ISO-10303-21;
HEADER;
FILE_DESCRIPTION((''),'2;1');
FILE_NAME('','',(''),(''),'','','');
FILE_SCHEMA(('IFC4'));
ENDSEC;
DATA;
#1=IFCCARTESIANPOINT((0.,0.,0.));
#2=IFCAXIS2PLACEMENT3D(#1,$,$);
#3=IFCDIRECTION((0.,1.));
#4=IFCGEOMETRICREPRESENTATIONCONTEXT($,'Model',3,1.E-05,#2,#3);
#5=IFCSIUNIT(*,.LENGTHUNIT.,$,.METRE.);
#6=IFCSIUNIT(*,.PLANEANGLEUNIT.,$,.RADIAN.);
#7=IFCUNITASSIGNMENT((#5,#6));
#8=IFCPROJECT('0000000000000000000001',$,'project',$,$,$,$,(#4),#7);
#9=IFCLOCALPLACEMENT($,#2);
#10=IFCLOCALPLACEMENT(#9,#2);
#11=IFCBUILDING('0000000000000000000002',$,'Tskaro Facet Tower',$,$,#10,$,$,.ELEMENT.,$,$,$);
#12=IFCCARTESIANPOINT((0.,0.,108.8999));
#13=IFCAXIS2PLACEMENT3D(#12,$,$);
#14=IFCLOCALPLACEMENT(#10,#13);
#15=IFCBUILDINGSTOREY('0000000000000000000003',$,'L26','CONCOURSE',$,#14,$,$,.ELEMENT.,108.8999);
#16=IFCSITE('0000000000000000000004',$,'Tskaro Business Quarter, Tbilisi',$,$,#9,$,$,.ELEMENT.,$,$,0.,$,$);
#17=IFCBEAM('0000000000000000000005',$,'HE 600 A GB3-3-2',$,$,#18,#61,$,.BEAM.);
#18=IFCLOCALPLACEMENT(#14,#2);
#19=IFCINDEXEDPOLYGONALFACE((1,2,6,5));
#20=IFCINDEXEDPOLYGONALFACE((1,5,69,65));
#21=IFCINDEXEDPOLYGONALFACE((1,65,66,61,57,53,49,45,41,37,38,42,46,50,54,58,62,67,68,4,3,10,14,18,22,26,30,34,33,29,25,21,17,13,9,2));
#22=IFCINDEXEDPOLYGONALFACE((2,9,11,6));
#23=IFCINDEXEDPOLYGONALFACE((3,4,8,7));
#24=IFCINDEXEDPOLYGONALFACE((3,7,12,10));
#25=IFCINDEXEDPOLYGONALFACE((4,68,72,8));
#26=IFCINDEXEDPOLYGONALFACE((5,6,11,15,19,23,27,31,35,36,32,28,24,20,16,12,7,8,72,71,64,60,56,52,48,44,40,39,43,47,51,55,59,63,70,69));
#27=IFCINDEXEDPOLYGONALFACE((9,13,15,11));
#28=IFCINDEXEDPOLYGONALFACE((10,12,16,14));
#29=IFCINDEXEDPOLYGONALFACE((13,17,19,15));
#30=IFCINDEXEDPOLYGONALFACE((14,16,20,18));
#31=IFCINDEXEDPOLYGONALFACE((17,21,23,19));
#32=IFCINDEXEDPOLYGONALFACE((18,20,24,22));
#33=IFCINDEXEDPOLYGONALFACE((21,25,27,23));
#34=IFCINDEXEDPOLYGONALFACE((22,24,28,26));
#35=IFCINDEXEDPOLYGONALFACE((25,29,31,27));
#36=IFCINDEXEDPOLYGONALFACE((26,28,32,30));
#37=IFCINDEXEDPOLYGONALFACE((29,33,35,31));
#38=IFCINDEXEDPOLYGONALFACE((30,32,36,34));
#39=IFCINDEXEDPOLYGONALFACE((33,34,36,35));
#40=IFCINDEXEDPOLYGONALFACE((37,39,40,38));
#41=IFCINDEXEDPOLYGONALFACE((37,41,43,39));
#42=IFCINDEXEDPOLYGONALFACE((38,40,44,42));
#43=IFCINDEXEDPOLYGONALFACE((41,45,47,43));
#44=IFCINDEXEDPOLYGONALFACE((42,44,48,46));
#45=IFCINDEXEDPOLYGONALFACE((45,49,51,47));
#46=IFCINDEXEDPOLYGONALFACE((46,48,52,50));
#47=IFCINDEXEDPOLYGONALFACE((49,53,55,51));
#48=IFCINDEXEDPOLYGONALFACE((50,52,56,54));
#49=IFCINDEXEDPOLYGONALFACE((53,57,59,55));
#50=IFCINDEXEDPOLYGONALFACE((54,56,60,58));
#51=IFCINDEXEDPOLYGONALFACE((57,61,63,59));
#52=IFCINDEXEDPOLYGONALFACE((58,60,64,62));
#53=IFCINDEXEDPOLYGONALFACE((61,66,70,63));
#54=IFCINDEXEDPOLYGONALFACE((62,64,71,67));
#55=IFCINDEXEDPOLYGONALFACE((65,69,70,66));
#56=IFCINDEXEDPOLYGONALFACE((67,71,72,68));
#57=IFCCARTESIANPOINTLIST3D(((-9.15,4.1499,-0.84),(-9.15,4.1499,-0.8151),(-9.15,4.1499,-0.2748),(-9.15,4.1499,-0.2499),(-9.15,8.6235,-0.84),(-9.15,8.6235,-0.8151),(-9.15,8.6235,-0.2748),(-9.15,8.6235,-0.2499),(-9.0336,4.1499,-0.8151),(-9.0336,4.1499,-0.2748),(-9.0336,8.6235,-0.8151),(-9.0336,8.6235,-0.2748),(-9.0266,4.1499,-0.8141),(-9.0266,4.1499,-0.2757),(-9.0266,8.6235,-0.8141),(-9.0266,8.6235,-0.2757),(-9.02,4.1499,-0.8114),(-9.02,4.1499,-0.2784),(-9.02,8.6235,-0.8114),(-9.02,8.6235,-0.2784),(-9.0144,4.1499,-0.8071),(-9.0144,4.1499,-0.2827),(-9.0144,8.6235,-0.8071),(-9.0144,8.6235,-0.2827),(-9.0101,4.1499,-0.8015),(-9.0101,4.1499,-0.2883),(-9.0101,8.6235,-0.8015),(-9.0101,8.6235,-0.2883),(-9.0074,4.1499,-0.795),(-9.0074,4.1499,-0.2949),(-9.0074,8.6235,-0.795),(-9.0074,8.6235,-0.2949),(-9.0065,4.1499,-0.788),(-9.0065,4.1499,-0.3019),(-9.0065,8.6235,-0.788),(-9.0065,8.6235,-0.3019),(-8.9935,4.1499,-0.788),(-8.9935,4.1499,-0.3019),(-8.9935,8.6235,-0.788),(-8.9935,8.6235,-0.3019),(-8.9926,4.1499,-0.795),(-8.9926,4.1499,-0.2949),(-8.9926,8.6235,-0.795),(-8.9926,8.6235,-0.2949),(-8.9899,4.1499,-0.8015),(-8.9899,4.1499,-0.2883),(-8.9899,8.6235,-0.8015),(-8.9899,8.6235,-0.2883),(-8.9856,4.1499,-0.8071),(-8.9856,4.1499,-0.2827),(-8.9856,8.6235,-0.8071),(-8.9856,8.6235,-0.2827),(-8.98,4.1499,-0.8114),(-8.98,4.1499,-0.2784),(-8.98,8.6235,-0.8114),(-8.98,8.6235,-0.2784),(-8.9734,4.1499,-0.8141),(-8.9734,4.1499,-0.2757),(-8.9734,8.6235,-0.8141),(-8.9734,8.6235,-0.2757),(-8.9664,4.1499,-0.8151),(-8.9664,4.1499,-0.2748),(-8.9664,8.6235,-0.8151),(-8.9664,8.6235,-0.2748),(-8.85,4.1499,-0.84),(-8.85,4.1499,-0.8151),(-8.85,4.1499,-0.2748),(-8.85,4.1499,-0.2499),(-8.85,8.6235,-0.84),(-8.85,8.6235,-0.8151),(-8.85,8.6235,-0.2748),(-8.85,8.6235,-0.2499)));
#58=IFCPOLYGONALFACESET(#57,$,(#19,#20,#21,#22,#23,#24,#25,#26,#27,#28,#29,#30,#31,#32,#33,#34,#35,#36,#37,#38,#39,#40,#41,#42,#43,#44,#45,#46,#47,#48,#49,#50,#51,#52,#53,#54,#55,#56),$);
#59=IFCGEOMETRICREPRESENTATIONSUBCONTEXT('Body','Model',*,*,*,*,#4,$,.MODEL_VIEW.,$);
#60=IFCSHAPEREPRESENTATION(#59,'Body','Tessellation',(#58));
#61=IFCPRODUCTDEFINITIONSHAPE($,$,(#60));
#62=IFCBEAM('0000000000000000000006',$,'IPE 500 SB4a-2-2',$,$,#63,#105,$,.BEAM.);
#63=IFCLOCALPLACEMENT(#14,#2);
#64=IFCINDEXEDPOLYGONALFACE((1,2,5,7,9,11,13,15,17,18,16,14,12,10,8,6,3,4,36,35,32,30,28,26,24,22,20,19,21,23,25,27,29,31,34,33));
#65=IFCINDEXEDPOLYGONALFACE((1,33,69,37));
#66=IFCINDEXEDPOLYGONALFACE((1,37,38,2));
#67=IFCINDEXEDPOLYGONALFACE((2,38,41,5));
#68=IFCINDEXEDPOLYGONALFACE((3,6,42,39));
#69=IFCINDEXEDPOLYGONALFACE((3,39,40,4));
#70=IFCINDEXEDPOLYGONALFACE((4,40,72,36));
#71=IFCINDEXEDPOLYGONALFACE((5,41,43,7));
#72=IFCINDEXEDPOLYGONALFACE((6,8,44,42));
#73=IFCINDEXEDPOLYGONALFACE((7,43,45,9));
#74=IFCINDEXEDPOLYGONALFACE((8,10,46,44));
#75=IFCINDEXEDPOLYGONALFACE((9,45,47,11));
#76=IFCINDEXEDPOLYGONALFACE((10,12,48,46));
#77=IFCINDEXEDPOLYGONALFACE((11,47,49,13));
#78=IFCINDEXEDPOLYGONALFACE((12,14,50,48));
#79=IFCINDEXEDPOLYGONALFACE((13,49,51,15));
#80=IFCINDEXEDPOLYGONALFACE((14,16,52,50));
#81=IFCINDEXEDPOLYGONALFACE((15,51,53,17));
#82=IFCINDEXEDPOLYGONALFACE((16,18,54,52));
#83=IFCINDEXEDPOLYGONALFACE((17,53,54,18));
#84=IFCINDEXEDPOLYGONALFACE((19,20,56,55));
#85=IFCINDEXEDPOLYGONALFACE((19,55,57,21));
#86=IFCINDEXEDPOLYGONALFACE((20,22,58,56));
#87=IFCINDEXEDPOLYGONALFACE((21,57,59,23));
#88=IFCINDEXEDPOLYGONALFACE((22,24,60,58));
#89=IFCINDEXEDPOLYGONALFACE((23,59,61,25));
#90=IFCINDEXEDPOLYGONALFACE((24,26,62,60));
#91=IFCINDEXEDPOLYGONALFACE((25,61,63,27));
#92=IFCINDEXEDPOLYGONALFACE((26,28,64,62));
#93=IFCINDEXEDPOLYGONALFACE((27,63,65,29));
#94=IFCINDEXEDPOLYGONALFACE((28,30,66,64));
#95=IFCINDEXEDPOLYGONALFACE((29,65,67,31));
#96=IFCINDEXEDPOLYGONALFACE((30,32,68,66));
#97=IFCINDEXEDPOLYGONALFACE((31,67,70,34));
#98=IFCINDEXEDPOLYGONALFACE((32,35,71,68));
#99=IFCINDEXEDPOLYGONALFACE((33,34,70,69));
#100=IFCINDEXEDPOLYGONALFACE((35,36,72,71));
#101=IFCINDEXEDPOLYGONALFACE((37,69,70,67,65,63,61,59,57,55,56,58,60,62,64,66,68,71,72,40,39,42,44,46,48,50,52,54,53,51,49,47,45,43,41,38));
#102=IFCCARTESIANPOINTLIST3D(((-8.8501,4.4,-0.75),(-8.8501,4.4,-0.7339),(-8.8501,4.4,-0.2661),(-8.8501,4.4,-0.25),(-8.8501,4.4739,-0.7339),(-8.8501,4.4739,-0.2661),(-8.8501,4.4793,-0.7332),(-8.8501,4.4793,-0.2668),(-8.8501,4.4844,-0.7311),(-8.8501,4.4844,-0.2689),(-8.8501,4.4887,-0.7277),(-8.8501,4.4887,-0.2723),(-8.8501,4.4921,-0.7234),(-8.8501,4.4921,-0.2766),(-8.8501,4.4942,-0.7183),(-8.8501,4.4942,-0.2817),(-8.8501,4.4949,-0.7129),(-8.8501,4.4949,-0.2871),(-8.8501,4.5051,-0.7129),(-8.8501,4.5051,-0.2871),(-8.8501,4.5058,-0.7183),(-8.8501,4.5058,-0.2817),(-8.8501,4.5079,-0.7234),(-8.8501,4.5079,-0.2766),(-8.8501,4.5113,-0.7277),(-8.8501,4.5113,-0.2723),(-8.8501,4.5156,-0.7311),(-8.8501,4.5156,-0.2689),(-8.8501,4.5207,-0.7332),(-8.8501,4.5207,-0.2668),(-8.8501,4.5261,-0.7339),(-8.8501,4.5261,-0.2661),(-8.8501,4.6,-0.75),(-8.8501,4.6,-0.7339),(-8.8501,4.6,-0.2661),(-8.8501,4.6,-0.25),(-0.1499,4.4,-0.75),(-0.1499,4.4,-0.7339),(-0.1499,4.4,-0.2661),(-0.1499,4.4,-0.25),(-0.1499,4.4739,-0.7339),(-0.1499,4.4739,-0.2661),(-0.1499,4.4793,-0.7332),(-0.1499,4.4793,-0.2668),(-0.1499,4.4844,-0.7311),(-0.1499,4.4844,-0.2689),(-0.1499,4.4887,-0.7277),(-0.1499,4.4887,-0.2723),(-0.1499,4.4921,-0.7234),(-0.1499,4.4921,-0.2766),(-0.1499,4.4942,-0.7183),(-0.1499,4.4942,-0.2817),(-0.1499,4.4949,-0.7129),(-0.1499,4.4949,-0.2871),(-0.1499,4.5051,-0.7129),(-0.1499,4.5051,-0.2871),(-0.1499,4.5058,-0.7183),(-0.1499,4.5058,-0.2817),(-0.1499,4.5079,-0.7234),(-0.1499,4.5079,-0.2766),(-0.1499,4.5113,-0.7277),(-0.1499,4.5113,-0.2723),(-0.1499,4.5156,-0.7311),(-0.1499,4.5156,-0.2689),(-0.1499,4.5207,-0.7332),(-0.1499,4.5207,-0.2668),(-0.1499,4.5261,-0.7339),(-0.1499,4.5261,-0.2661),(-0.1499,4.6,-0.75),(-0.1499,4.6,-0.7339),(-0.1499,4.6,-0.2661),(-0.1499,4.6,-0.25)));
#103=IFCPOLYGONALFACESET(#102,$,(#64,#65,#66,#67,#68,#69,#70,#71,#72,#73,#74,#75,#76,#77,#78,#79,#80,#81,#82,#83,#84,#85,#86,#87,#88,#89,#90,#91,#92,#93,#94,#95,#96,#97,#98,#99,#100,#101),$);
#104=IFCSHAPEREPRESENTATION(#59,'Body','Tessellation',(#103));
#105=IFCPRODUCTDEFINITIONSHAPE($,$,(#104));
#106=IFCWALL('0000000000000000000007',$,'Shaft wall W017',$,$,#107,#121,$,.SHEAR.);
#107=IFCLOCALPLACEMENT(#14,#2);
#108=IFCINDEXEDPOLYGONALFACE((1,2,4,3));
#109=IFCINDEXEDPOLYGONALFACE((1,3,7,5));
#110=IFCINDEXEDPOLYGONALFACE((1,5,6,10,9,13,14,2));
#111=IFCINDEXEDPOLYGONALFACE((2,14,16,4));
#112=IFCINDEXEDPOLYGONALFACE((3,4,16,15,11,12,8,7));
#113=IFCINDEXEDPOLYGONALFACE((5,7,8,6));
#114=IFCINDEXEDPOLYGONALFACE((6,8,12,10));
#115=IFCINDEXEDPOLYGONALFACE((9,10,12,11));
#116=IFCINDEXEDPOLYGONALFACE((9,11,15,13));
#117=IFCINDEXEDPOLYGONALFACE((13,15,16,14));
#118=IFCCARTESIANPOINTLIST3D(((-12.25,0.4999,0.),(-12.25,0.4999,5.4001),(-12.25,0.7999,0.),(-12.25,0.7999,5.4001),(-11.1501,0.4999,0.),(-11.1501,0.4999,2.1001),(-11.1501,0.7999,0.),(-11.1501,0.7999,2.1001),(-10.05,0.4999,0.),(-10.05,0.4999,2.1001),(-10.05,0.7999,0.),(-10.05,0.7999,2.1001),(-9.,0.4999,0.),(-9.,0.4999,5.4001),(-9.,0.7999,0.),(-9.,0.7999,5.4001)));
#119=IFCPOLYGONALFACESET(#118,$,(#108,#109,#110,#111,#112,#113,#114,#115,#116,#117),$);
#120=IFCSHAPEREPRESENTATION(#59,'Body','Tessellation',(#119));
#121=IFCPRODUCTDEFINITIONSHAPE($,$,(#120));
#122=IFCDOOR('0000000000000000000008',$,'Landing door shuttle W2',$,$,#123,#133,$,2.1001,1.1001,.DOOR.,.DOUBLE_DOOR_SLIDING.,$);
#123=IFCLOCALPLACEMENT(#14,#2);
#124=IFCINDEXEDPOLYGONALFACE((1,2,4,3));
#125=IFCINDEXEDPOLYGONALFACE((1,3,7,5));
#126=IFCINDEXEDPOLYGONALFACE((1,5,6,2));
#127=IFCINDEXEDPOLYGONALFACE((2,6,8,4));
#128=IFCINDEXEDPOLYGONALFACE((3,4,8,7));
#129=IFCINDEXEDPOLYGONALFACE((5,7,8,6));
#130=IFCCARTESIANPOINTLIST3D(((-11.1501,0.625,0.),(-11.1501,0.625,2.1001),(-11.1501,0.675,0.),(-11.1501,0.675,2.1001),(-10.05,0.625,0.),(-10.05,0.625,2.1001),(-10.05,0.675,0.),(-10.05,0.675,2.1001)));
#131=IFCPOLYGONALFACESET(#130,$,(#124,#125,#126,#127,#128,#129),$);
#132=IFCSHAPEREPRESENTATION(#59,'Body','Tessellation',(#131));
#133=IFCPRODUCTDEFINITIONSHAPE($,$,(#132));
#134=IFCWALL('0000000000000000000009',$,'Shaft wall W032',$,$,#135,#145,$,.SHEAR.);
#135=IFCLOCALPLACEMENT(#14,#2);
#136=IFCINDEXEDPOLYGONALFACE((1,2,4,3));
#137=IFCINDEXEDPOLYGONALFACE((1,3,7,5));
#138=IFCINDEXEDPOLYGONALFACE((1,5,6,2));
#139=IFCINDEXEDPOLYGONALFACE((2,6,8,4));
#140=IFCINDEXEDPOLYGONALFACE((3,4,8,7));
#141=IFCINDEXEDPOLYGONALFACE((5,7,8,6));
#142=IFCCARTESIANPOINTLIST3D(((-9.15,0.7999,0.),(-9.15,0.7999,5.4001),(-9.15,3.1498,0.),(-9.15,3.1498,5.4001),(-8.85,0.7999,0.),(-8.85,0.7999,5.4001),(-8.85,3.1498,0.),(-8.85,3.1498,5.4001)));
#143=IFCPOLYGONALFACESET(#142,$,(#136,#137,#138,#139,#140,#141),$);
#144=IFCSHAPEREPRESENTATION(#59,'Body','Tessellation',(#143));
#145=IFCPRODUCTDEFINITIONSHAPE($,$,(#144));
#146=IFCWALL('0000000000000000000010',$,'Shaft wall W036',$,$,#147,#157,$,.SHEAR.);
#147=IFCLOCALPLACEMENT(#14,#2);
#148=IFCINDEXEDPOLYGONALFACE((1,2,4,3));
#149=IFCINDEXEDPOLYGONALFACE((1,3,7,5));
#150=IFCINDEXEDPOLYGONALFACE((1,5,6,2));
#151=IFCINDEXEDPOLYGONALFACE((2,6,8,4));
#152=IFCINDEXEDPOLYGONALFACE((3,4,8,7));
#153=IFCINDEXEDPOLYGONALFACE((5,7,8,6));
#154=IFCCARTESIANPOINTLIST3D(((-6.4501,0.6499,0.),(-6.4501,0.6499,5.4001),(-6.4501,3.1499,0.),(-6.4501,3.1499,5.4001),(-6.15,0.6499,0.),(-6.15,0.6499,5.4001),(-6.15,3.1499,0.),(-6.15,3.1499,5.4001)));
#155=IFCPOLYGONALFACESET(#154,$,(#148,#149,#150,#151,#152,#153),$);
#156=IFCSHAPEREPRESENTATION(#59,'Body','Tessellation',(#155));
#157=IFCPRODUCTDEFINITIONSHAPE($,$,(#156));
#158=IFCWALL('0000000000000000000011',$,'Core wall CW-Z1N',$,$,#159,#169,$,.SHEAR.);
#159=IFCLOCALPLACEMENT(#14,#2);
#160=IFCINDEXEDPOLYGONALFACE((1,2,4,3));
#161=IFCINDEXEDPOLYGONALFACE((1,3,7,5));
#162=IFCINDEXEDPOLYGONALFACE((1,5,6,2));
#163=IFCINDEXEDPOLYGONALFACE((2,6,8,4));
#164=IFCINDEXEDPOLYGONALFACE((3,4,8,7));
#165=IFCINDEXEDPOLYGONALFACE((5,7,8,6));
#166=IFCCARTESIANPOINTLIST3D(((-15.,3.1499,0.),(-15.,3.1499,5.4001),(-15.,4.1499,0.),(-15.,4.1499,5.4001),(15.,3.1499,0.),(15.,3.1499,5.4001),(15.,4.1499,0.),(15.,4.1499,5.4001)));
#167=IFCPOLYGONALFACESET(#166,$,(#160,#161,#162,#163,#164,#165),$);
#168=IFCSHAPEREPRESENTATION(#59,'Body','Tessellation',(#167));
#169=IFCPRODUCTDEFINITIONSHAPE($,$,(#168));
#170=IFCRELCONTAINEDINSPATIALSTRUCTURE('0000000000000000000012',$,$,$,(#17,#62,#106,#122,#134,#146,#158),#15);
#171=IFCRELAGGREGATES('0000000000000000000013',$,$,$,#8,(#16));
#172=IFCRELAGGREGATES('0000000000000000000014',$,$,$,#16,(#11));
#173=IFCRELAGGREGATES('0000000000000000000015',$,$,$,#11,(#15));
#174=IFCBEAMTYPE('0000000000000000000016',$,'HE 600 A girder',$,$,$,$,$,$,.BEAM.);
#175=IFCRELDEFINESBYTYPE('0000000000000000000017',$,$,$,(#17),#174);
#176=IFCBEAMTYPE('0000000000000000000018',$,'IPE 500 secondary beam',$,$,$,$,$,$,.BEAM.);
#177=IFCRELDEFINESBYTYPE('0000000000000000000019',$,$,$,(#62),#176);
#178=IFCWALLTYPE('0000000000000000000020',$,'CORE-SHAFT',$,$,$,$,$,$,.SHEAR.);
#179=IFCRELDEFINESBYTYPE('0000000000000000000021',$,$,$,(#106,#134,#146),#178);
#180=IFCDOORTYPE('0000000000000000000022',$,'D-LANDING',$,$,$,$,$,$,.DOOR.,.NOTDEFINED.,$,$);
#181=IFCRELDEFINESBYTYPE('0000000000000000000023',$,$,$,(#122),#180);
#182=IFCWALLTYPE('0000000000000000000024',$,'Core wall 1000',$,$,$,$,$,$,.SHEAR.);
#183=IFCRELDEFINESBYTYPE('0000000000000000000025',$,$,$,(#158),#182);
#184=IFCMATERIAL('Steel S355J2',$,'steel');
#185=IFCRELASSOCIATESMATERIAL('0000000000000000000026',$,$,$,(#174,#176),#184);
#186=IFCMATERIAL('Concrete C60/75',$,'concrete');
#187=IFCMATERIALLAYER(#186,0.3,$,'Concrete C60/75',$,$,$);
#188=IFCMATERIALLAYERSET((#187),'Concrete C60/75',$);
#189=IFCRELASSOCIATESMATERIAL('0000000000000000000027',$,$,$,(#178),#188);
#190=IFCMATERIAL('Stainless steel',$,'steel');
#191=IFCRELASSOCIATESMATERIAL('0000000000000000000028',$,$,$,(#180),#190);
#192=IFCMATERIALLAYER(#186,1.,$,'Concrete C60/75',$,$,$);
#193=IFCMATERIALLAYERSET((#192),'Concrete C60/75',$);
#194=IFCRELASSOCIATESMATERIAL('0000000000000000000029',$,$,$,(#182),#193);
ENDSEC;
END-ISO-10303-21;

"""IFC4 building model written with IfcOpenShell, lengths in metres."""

from ifc_helpers import new_model, si_unit, direction, frame, frame_2d, origin, origin_2d, place, context, subcontext, project, spatial, rectangle, i_section, extrude, material, layer, layer_set, material_profile, profile_set, type_object, element, fill, save


model = new_model("IFC4")

# Units and contexts
model_context = context("Model", 3, precision=1e-05, world=origin(), true_north=direction((0.0, 1.0)))
body_context = subcontext(model_context, "Body", "Model", "MODEL_VIEW")
ifc_project = project(units=[si_unit("LENGTHUNIT", "METRE"), si_unit("PLANEANGLEUNIT", "RADIAN")], contexts=[model_context])

# Site, building, storey
site_placement = place(None, origin())
site = spatial("IfcSite", under=ifc_project, at=site_placement, Name="Tskaro Business Quarter, Tbilisi", CompositionType="ELEMENT", RefElevation=0.0)
building_placement = place(site_placement, origin())
building = spatial("IfcBuilding", under=site, at=building_placement, Name="Tskaro Facet Tower", CompositionType="ELEMENT")
storey_placement = place(building_placement, frame((0.0, 0.0, 108.8999)))
storey = spatial("IfcBuildingStorey", under=building, at=storey_placement, Name="L26", Description="CONCOURSE", CompositionType="ELEMENT", Elevation=108.8999)

# Beams
ifc_material_1 = material(Name="Steel S355J2", Category="steel")
ifc_material_profile_1 = material_profile(ifc_material_1, i_section(OverallWidth=0.3, OverallDepth=0.5901, WebThickness=0.0129, FlangeThickness=0.0249, FilletRadius=0.0271, at=origin_2d()), Name="HE 600 A")
ifc_profile_set_1 = profile_set([ifc_material_profile_1], Name="Steel S355J2")
beam_type_1 = type_object("IfcBeamType", Name="HE 600 A girder", PredefinedType="BEAM", material=ifc_profile_set_1)
beam_1_placement = place(storey_placement, frame((-9.0, 4.1499, -0.5449), z_axis=(0.0, 1.0, 0.0), x_axis=(-1.0, 0.0, 0.0)))
element("IfcBeam", 1, at=beam_1_placement, inside=storey, type_object=beam_type_1, Name="HE 600 A GB3-3-2", PredefinedType="BEAM", context=body_context, shape_type="SweptSolid", body=[
    extrude(i_section(OverallWidth=0.3, OverallDepth=0.5901, WebThickness=0.0129, FlangeThickness=0.0249, FilletRadius=0.0271, at=origin_2d()), origin(), (0.0, 0.0, 1.0), 4.4736),
])
ifc_material_profile_2 = material_profile(ifc_material_1, i_section(OverallWidth=0.2, OverallDepth=0.5, WebThickness=0.0103, FlangeThickness=0.0161, FilletRadius=0.021, at=origin_2d()), Name="IPE 500")
ifc_profile_set_2 = profile_set([ifc_material_profile_2], Name="Steel S355J2")
beam_type_2 = type_object("IfcBeamType", Name="IPE 500 secondary beam", PredefinedType="BEAM", material=ifc_profile_set_2)
beam_2_placement = place(storey_placement, frame((-8.8501, 4.5, -0.5), z_axis=(1.0, 0.0, 0.0), x_axis=(0.0, 1.0, 0.0)))
element("IfcBeam", 2, at=beam_2_placement, inside=storey, type_object=beam_type_2, Name="IPE 500 SB4a-2-2", PredefinedType="BEAM", context=body_context, shape_type="SweptSolid", body=[
    extrude(i_section(OverallWidth=0.2, OverallDepth=0.5, WebThickness=0.0103, FlangeThickness=0.0161, FilletRadius=0.021, at=origin_2d()), origin(), (0.0, 0.0, 1.0), 8.7002),
])

# Wall, opening, door
ifc_material_2 = material(Name="Concrete C60/75", Category="concrete")
ifc_layer_1 = layer(ifc_material_2, 0.3, Name="Concrete C60/75")
ifc_layer_set_1 = layer_set([ifc_layer_1], Name="Concrete C60/75")
wall_type_1 = type_object("IfcWallType", Name="CORE-SHAFT", PredefinedType="SHEAR", material=ifc_layer_set_1)
wall_1_placement = place(storey_placement, frame((-9.0, 0.6499, 0.0), z_axis=(0.0, 0.0, 1.0), x_axis=(-1.0, 0.0, 0.0)))
wall_1 = element("IfcWall", 3, at=wall_1_placement, inside=storey, type_object=wall_type_1, Name="Shaft wall W017", PredefinedType="SHEAR", context=body_context, shape_type="SweptSolid", body=[
    extrude(rectangle(XDim=3.25, YDim=0.3, at=frame_2d((1.625, 0.0))), origin(), (0.0, 0.0, 1.0), 5.4001),
])
opening_1_placement = place(wall_1_placement, frame((1.05, 0.0, 0.0)))
opening_1 = element("IfcOpeningElement", 4, at=opening_1_placement, cuts=wall_1, PredefinedType="OPENING", context=body_context, shape_type="SweptSolid", body=[
    extrude(rectangle(XDim=1.1001, YDim=2.1001, at=frame_2d((0.55, 1.05))), frame((0.0, 0.1599, 0.0), z_axis=(0.0, -1.0, 0.0), x_axis=(1.0, 0.0, 0.0)), (0.0, 0.0, 1.0), 0.3201),
])
ifc_material_3 = material(Name="Stainless steel", Category="steel")
door_type_1 = type_object("IfcDoorType", Name="D-LANDING", OperationType="NOTDEFINED", PredefinedType="DOOR", material=ifc_material_3)
door_1_placement = place(opening_1_placement, origin())
door_1 = element("IfcDoor", 5, at=door_1_placement, inside=storey, type_object=door_type_1, Name="Landing door shuttle W2", OperationType="DOUBLE_DOOR_SLIDING", OverallHeight=2.1001, OverallWidth=1.1001, PredefinedType="DOOR", context=body_context, shape_type="SweptSolid", body=[
    extrude(rectangle(XDim=1.1001, YDim=2.1001, at=frame_2d((0.55, 1.05))), frame((0.0, 0.0249, 0.0), z_axis=(0.0, -1.0, 0.0), x_axis=(1.0, 0.0, 0.0)), (0.0, 0.0, 1.0), 0.05),
])
fill(opening_1, door_1)

# Walls
wall_2_placement = place(storey_placement, frame((-9.0, 0.8, 0.0), z_axis=(0.0, 0.0, 1.0), x_axis=(0.0, 1.0, 0.0)))
element("IfcWall", 6, at=wall_2_placement, inside=storey, type_object=wall_type_1, Name="Shaft wall W032", PredefinedType="SHEAR", context=body_context, shape_type="SweptSolid", body=[
    extrude(rectangle(XDim=2.3499, YDim=0.3, at=frame_2d((1.1748, 0.0))), origin(), (0.0, 0.0, 1.0), 5.4001),
])
wall_3_placement = place(storey_placement, frame((-6.3, 0.6499, 0.0), z_axis=(0.0, 0.0, 1.0), x_axis=(0.0, 1.0, 0.0)))
element("IfcWall", 7, at=wall_3_placement, inside=storey, type_object=wall_type_1, Name="Shaft wall W036", PredefinedType="SHEAR", context=body_context, shape_type="SweptSolid", body=[
    extrude(rectangle(XDim=2.5, YDim=0.3, at=frame_2d((1.25, 0.0))), origin(), (0.0, 0.0, 1.0), 5.4001),
])
ifc_layer_2 = layer(ifc_material_2, 1.0, Name="Concrete C60/75")
ifc_layer_set_2 = layer_set([ifc_layer_2], Name="Concrete C60/75")
wall_type_2 = type_object("IfcWallType", Name="Core wall 1000", PredefinedType="SHEAR", material=ifc_layer_set_2)
wall_4_placement = place(storey_placement, frame((-15.0, 3.6499, 0.0), z_axis=(0.0, 0.0, 1.0), x_axis=(1.0, 0.0, 0.0)))
element("IfcWall", 8, at=wall_4_placement, inside=storey, type_object=wall_type_2, Name="Core wall CW-Z1N", PredefinedType="SHEAR", context=body_context, shape_type="SweptSolid", body=[
    extrude(rectangle(XDim=30.0, YDim=1.0, at=frame_2d((15.0, 0.0))), origin(), (0.0, 0.0, 1.0), 5.4001),
])

save(model, "model.ifc")
